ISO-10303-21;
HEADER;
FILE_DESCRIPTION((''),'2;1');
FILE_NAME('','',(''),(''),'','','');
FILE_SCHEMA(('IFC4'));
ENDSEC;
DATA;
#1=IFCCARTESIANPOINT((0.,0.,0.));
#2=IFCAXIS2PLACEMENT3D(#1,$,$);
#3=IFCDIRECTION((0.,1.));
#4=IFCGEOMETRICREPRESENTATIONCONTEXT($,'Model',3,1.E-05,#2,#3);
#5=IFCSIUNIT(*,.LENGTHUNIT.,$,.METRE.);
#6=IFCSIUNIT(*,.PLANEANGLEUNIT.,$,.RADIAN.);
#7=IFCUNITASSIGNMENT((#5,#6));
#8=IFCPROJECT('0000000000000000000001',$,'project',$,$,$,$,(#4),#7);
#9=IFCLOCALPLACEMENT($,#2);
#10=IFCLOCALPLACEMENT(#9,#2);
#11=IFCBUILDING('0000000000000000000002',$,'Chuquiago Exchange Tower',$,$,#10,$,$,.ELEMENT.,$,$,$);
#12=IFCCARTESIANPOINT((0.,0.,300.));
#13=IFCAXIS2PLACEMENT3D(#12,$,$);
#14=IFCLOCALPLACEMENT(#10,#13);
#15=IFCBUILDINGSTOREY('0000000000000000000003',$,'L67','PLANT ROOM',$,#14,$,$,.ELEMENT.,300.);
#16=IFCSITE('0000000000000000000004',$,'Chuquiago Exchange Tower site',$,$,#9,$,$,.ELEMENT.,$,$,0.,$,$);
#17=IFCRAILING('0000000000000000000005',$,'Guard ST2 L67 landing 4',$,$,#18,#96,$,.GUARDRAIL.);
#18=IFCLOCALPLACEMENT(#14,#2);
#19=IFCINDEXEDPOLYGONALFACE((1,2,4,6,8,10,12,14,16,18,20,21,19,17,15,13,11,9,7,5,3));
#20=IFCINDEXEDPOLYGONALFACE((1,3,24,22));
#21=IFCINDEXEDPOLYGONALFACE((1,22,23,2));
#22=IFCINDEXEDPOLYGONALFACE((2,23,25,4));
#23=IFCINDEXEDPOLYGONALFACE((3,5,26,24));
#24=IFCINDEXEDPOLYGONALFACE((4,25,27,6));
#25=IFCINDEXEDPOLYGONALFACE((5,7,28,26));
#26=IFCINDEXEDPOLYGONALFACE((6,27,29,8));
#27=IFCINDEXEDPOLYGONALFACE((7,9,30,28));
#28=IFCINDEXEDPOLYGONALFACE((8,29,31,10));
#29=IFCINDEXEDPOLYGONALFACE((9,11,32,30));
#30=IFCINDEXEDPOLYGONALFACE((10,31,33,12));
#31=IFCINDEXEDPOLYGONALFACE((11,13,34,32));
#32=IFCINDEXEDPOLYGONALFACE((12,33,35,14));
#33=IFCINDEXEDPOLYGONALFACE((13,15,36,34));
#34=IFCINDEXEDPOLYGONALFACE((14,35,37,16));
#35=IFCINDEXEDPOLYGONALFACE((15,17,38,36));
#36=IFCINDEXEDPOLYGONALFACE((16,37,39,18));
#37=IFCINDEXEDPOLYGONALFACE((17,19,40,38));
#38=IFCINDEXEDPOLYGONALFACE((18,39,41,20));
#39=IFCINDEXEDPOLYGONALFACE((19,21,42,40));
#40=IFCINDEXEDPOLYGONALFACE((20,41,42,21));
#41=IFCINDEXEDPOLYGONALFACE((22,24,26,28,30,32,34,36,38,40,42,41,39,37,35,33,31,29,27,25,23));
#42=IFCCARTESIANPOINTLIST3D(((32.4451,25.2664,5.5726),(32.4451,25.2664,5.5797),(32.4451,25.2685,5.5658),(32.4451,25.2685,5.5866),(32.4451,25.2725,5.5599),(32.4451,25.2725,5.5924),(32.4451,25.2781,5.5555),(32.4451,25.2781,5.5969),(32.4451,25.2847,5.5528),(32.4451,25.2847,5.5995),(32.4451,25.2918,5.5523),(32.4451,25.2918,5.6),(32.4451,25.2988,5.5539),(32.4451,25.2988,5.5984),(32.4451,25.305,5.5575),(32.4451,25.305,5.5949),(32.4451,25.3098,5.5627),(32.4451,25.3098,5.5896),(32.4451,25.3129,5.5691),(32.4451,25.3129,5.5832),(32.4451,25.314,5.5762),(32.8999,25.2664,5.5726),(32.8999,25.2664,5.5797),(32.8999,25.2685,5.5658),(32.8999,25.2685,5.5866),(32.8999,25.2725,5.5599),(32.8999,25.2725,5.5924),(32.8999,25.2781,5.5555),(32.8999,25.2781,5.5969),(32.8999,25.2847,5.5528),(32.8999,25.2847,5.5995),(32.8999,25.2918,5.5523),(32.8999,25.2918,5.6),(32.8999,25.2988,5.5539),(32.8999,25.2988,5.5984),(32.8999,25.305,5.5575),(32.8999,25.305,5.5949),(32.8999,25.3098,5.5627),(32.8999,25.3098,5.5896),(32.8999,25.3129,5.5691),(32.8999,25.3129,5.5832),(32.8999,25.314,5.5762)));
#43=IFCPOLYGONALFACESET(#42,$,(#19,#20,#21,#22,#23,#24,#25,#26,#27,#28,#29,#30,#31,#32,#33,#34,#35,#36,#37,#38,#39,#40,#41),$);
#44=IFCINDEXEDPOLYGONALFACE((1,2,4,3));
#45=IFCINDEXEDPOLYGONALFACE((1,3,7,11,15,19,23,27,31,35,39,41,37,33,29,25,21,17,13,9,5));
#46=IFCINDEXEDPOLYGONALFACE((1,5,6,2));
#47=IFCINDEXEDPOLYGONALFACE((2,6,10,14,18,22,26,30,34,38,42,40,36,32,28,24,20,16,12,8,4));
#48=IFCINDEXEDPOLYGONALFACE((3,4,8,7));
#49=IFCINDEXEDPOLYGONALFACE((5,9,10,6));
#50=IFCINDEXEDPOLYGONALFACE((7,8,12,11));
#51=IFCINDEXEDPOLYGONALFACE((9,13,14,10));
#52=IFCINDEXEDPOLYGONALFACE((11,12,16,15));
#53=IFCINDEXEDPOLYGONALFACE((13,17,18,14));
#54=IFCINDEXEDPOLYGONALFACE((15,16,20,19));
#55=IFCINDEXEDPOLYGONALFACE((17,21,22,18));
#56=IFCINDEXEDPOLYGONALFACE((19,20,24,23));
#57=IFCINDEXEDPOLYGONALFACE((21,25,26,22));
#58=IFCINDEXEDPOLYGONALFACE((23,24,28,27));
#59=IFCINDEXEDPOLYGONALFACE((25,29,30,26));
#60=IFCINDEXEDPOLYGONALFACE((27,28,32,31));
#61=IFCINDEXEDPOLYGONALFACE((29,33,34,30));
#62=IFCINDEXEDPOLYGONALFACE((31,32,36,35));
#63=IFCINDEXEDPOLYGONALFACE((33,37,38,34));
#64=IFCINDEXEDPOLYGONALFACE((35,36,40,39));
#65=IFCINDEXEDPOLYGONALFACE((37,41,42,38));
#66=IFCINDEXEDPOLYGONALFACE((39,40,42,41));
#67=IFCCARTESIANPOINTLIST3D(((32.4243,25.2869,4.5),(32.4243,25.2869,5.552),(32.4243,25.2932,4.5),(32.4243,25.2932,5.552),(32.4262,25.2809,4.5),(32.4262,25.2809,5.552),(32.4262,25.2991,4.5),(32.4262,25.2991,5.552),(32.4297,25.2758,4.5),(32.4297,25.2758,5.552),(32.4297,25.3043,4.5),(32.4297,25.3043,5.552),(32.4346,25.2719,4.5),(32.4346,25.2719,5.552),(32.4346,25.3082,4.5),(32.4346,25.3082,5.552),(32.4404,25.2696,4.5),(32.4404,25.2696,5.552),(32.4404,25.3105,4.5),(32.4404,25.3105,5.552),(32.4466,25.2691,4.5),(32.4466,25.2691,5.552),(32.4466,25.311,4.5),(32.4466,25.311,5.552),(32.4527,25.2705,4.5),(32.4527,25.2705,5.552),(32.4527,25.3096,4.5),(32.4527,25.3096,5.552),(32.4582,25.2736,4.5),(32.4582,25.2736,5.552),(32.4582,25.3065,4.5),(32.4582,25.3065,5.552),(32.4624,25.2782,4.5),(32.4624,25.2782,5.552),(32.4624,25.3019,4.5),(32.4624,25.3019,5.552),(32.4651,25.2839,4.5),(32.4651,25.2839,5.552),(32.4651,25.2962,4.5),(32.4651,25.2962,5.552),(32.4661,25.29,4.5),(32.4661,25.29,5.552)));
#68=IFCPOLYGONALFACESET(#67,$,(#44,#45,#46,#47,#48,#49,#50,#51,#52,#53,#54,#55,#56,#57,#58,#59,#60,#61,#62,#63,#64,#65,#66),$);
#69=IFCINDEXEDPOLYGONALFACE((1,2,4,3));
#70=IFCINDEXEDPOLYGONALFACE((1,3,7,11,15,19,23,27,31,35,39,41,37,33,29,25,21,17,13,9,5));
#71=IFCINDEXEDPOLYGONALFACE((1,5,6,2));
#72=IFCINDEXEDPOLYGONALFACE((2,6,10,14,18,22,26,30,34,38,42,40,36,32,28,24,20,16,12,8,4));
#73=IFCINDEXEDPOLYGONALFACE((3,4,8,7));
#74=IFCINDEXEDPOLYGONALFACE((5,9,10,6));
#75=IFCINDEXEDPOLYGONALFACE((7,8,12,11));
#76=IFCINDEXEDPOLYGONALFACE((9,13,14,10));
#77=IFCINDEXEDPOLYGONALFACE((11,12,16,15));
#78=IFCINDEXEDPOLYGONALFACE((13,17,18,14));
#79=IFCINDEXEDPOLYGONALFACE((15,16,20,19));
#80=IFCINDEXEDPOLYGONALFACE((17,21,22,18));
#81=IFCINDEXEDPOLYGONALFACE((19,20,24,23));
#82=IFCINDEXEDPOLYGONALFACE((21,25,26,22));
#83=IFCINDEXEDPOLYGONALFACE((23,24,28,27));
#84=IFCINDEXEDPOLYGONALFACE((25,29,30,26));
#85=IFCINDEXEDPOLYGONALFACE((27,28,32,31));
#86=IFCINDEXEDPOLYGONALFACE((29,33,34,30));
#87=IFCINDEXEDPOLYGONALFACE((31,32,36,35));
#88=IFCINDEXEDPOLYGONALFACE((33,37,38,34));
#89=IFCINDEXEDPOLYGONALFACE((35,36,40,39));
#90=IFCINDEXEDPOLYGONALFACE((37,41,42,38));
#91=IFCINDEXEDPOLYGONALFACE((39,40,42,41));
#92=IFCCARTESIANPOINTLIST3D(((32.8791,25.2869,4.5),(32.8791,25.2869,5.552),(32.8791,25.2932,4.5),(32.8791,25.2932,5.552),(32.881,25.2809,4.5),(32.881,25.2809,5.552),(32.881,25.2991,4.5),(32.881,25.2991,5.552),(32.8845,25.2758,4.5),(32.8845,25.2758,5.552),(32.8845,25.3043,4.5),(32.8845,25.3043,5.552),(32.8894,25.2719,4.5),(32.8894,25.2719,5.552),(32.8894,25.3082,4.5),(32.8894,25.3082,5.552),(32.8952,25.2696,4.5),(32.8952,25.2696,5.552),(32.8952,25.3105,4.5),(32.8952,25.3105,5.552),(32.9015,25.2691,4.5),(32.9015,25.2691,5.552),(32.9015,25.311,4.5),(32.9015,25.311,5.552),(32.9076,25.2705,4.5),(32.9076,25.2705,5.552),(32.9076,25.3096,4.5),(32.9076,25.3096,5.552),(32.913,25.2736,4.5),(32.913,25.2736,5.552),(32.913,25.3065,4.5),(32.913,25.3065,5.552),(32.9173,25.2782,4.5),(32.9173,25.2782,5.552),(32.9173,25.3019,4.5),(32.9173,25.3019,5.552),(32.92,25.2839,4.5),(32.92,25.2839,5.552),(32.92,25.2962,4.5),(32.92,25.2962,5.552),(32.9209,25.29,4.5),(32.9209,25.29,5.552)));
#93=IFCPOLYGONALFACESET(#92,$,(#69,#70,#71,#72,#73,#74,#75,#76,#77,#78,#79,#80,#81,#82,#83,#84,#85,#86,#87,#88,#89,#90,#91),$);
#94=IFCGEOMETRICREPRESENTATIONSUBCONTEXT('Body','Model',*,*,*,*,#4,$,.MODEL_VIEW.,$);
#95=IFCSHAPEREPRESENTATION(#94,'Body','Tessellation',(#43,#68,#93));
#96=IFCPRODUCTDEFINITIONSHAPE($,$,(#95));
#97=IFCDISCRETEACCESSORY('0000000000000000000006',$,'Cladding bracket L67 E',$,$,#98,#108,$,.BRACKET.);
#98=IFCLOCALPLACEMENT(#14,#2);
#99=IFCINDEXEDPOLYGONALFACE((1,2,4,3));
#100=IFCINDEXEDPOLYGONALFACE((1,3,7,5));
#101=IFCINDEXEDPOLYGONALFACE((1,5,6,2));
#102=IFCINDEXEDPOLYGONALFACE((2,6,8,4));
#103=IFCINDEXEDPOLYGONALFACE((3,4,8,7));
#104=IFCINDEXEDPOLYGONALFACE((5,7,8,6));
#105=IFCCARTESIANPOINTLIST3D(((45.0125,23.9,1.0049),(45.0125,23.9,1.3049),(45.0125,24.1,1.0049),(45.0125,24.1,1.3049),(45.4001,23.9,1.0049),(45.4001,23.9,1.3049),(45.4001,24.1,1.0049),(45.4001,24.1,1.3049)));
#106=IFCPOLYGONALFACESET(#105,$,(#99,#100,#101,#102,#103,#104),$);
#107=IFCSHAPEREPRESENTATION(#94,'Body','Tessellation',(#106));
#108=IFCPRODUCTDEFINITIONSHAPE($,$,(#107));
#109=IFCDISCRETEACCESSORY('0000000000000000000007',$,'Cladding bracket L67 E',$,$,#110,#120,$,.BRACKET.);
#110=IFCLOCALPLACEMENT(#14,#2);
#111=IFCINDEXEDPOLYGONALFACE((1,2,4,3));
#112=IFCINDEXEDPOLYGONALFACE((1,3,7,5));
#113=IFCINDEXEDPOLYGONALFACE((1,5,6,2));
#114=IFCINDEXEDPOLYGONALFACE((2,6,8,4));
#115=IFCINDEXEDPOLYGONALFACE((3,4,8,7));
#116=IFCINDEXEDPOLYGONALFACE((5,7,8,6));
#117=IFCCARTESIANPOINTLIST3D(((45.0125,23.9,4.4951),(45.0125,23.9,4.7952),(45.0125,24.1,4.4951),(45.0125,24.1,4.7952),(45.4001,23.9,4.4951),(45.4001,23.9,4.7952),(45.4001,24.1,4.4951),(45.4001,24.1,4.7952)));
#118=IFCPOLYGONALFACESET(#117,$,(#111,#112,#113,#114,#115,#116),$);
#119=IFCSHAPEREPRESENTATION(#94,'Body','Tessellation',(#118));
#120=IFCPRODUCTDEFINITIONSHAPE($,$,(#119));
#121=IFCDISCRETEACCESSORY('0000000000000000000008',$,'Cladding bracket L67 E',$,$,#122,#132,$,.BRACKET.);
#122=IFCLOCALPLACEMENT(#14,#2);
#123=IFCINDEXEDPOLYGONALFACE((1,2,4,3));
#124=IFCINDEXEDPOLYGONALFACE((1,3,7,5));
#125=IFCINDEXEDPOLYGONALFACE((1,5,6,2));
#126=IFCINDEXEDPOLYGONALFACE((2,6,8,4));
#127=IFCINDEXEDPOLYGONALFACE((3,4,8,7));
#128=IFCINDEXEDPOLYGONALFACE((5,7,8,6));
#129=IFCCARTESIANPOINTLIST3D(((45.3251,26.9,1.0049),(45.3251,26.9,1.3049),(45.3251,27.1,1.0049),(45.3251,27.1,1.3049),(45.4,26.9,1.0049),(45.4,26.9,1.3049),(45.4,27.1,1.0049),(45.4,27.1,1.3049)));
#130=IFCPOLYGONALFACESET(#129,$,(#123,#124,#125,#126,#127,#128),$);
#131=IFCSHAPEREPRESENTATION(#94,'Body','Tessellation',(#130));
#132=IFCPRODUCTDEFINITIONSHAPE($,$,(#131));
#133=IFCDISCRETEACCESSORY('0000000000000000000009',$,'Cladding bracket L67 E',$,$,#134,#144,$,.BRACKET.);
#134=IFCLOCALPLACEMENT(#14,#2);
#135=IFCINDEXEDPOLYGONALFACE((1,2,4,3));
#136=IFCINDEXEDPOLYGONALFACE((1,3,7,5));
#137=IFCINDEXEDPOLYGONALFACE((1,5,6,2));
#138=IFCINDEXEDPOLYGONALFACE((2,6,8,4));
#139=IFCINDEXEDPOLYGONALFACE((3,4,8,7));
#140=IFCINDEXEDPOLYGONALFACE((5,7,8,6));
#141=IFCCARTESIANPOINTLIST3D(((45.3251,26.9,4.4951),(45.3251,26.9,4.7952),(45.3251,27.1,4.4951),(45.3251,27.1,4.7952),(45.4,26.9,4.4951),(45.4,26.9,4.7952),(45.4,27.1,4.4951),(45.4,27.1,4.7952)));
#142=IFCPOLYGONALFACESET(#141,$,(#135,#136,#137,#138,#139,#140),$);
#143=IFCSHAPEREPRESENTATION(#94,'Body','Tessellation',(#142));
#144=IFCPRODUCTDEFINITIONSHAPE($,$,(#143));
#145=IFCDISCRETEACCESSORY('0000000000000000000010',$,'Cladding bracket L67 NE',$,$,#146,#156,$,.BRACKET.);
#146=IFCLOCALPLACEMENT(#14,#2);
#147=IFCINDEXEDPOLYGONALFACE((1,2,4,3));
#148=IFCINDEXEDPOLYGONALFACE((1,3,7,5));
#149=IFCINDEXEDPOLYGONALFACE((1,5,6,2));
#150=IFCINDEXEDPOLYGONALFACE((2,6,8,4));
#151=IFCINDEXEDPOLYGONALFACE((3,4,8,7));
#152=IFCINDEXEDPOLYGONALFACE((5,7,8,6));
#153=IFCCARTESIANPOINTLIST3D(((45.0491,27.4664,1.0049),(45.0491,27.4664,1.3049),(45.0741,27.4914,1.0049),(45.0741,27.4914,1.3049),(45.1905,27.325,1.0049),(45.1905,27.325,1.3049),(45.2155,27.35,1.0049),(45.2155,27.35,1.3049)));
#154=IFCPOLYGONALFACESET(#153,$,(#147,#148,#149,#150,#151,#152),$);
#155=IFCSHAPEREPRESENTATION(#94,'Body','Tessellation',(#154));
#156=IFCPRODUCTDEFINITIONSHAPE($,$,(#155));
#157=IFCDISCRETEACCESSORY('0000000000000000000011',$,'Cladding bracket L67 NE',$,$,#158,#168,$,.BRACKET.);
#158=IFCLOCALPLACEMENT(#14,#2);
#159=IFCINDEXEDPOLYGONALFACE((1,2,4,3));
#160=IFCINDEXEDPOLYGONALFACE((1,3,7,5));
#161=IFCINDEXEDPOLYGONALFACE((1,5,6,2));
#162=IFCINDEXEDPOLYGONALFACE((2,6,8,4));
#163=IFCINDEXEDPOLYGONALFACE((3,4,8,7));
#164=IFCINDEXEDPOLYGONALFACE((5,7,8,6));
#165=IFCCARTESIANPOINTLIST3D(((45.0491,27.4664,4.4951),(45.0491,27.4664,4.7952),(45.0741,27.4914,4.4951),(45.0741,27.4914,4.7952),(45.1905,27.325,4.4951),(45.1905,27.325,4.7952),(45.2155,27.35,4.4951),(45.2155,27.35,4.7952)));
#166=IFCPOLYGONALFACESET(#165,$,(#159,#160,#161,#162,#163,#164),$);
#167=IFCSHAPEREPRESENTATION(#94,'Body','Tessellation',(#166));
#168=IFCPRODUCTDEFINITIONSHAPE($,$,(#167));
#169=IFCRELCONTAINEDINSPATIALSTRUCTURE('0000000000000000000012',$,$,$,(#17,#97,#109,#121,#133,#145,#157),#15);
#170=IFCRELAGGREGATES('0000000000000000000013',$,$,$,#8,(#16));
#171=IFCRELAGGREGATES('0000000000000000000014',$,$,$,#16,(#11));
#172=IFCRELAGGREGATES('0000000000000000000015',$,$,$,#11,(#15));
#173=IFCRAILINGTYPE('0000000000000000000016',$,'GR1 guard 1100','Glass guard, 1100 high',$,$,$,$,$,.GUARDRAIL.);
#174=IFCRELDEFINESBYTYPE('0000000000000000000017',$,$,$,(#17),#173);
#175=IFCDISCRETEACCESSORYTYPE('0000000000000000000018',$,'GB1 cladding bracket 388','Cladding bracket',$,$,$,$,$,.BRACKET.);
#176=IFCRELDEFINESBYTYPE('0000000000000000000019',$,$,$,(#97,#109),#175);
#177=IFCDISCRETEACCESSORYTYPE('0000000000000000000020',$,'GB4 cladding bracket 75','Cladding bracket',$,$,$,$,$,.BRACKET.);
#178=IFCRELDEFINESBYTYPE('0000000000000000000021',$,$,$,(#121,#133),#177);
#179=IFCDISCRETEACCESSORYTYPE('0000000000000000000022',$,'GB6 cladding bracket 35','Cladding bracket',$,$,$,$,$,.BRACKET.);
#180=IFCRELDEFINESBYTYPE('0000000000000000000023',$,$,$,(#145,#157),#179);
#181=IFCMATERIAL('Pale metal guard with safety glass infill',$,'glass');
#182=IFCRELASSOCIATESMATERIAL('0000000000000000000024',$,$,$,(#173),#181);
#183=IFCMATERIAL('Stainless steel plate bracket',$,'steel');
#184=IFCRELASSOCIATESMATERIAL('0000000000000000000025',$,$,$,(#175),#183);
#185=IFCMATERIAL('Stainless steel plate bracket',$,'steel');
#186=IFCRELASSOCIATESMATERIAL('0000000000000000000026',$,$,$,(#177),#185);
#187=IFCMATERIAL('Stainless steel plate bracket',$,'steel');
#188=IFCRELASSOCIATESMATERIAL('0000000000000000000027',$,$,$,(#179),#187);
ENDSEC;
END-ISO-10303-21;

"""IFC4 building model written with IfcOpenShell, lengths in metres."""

from ifc_helpers import new_model, si_unit, direction, frame, origin, origin_2d, place, context, subcontext, project, spatial, rectangle, circle, extrude, material, type_object, element, save


model = new_model("IFC4")

# Units and contexts
model_context = context("Model", 3, precision=1e-05, world=origin(), true_north=direction((0.0, 1.0)))
body_context = subcontext(model_context, "Body", "Model", "MODEL_VIEW")
ifc_project = project(units=[si_unit("LENGTHUNIT", "METRE"), si_unit("PLANEANGLEUNIT", "RADIAN")], contexts=[model_context])

# Site, building, storey
site_placement = place(None, origin())
site = spatial("IfcSite", under=ifc_project, at=site_placement, Name="Chuquiago Exchange Tower site", CompositionType="ELEMENT", RefElevation=0.0)
building_placement = place(site_placement, origin())
building = spatial("IfcBuilding", under=site, at=building_placement, Name="Chuquiago Exchange Tower", CompositionType="ELEMENT")
storey_placement = place(building_placement, frame((0.0, 0.0, 300.0)))
storey = spatial("IfcBuildingStorey", under=building, at=storey_placement, Name="L67", Description="PLANT ROOM", CompositionType="ELEMENT", Elevation=300.0)

# Railing
ifc_material_1 = material(Name="Pale metal guard with safety glass infill", Category="glass")
railing_type = type_object("IfcRailingType", Name="GR1 guard 1100", Description="Glass guard, 1100 high", PredefinedType="GUARDRAIL", material=ifc_material_1)
railing_placement = place(storey_placement, frame((32.4451, 25.29, 4.5)))
element("IfcRailing", 1, at=railing_placement, inside=storey, type_object=railing_type, Name="Guard ST2 L67 landing 4", PredefinedType="GUARDRAIL", context=body_context, shape_type="SweptSolid", body=[
    extrude(circle(Radius=0.0239, at=origin_2d()), frame((0.0, 0.0, 1.0762), z_axis=(1.0, 0.0, 0.0), x_axis=(0.0, 1.0, 0.0)), (0.0, 0.0, 1.0), 0.4548),
    extrude(circle(Radius=0.021, at=origin_2d()), origin(), (0.0, 0.0, 1.0), 1.052),
    extrude(circle(Radius=0.021, at=origin_2d()), frame((0.4548, 0.0, 0.0)), (0.0, 0.0, 1.0), 1.052),
])

# Discrete accessories
ifc_material_2 = material(Name="Stainless steel plate bracket", Category="steel")
discrete_accessory_type_1 = type_object("IfcDiscreteAccessoryType", Name="GB1 cladding bracket 388", Description="Cladding bracket", PredefinedType="BRACKET", material=ifc_material_2)
for number, where, z_axis, x_axis, name in (
    (2, (45.2063, 24.0, 1.0049), (0.0, 0.0, 1.0), (0.0, 1.0, 0.0), "Cladding bracket L67 E"),
    (3, (45.2063, 24.0, 4.4951), (0.0, 0.0, 1.0), (0.0, 1.0, 0.0), "Cladding bracket L67 E"),
):
    element("IfcDiscreteAccessory", number, at=place(storey_placement, frame(where, z_axis=z_axis, x_axis=x_axis)), inside=storey, type_object=discrete_accessory_type_1, Name=name, PredefinedType="BRACKET", context=body_context, shape_type="SweptSolid", body=[
        extrude(rectangle(XDim=0.2, YDim=0.3877, at=origin_2d()), origin(), (0.0, 0.0, 1.0), 0.3),
    ])
ifc_material_3 = material(Name="Stainless steel plate bracket", Category="steel")
discrete_accessory_type_2 = type_object("IfcDiscreteAccessoryType", Name="GB4 cladding bracket 75", Description="Cladding bracket", PredefinedType="BRACKET", material=ifc_material_3)
for number, where, z_axis, x_axis, name in (
    (4, (45.3625, 27.0, 1.0049), (0.0, 0.0, 1.0), (0.0, 1.0, 0.0), "Cladding bracket L67 E"),
    (5, (45.3625, 27.0, 4.4951), (0.0, 0.0, 1.0), (0.0, 1.0, 0.0), "Cladding bracket L67 E"),
):
    element("IfcDiscreteAccessory", number, at=place(storey_placement, frame(where, z_axis=z_axis, x_axis=x_axis)), inside=storey, type_object=discrete_accessory_type_2, Name=name, PredefinedType="BRACKET", context=body_context, shape_type="SweptSolid", body=[
        extrude(rectangle(XDim=0.2, YDim=0.075, at=origin_2d()), origin(), (0.0, 0.0, 1.0), 0.3),
    ])
ifc_material_4 = material(Name="Stainless steel plate bracket", Category="steel")
discrete_accessory_type_3 = type_object("IfcDiscreteAccessoryType", Name="GB6 cladding bracket 35", Description="Cladding bracket", PredefinedType="BRACKET", material=ifc_material_4)
for number, where, z_axis, x_axis, name in (
    (6, (45.1323, 27.4082, 1.0049), (0.0, 0.0, 1.0), (-0.707107, 0.707107, 0.0), "Cladding bracket L67 NE"),
    (7, (45.1323, 27.4082, 4.4951), (0.0, 0.0, 1.0), (-0.707107, 0.707107, 0.0), "Cladding bracket L67 NE"),
):
    element("IfcDiscreteAccessory", number, at=place(storey_placement, frame(where, z_axis=z_axis, x_axis=x_axis)), inside=storey, type_object=discrete_accessory_type_3, Name=name, PredefinedType="BRACKET", context=body_context, shape_type="SweptSolid", body=[
        extrude(rectangle(XDim=0.2, YDim=0.0354, at=origin_2d()), origin(), (0.0, 0.0, 1.0), 0.3),
    ])

save(model, "model.ifc")
